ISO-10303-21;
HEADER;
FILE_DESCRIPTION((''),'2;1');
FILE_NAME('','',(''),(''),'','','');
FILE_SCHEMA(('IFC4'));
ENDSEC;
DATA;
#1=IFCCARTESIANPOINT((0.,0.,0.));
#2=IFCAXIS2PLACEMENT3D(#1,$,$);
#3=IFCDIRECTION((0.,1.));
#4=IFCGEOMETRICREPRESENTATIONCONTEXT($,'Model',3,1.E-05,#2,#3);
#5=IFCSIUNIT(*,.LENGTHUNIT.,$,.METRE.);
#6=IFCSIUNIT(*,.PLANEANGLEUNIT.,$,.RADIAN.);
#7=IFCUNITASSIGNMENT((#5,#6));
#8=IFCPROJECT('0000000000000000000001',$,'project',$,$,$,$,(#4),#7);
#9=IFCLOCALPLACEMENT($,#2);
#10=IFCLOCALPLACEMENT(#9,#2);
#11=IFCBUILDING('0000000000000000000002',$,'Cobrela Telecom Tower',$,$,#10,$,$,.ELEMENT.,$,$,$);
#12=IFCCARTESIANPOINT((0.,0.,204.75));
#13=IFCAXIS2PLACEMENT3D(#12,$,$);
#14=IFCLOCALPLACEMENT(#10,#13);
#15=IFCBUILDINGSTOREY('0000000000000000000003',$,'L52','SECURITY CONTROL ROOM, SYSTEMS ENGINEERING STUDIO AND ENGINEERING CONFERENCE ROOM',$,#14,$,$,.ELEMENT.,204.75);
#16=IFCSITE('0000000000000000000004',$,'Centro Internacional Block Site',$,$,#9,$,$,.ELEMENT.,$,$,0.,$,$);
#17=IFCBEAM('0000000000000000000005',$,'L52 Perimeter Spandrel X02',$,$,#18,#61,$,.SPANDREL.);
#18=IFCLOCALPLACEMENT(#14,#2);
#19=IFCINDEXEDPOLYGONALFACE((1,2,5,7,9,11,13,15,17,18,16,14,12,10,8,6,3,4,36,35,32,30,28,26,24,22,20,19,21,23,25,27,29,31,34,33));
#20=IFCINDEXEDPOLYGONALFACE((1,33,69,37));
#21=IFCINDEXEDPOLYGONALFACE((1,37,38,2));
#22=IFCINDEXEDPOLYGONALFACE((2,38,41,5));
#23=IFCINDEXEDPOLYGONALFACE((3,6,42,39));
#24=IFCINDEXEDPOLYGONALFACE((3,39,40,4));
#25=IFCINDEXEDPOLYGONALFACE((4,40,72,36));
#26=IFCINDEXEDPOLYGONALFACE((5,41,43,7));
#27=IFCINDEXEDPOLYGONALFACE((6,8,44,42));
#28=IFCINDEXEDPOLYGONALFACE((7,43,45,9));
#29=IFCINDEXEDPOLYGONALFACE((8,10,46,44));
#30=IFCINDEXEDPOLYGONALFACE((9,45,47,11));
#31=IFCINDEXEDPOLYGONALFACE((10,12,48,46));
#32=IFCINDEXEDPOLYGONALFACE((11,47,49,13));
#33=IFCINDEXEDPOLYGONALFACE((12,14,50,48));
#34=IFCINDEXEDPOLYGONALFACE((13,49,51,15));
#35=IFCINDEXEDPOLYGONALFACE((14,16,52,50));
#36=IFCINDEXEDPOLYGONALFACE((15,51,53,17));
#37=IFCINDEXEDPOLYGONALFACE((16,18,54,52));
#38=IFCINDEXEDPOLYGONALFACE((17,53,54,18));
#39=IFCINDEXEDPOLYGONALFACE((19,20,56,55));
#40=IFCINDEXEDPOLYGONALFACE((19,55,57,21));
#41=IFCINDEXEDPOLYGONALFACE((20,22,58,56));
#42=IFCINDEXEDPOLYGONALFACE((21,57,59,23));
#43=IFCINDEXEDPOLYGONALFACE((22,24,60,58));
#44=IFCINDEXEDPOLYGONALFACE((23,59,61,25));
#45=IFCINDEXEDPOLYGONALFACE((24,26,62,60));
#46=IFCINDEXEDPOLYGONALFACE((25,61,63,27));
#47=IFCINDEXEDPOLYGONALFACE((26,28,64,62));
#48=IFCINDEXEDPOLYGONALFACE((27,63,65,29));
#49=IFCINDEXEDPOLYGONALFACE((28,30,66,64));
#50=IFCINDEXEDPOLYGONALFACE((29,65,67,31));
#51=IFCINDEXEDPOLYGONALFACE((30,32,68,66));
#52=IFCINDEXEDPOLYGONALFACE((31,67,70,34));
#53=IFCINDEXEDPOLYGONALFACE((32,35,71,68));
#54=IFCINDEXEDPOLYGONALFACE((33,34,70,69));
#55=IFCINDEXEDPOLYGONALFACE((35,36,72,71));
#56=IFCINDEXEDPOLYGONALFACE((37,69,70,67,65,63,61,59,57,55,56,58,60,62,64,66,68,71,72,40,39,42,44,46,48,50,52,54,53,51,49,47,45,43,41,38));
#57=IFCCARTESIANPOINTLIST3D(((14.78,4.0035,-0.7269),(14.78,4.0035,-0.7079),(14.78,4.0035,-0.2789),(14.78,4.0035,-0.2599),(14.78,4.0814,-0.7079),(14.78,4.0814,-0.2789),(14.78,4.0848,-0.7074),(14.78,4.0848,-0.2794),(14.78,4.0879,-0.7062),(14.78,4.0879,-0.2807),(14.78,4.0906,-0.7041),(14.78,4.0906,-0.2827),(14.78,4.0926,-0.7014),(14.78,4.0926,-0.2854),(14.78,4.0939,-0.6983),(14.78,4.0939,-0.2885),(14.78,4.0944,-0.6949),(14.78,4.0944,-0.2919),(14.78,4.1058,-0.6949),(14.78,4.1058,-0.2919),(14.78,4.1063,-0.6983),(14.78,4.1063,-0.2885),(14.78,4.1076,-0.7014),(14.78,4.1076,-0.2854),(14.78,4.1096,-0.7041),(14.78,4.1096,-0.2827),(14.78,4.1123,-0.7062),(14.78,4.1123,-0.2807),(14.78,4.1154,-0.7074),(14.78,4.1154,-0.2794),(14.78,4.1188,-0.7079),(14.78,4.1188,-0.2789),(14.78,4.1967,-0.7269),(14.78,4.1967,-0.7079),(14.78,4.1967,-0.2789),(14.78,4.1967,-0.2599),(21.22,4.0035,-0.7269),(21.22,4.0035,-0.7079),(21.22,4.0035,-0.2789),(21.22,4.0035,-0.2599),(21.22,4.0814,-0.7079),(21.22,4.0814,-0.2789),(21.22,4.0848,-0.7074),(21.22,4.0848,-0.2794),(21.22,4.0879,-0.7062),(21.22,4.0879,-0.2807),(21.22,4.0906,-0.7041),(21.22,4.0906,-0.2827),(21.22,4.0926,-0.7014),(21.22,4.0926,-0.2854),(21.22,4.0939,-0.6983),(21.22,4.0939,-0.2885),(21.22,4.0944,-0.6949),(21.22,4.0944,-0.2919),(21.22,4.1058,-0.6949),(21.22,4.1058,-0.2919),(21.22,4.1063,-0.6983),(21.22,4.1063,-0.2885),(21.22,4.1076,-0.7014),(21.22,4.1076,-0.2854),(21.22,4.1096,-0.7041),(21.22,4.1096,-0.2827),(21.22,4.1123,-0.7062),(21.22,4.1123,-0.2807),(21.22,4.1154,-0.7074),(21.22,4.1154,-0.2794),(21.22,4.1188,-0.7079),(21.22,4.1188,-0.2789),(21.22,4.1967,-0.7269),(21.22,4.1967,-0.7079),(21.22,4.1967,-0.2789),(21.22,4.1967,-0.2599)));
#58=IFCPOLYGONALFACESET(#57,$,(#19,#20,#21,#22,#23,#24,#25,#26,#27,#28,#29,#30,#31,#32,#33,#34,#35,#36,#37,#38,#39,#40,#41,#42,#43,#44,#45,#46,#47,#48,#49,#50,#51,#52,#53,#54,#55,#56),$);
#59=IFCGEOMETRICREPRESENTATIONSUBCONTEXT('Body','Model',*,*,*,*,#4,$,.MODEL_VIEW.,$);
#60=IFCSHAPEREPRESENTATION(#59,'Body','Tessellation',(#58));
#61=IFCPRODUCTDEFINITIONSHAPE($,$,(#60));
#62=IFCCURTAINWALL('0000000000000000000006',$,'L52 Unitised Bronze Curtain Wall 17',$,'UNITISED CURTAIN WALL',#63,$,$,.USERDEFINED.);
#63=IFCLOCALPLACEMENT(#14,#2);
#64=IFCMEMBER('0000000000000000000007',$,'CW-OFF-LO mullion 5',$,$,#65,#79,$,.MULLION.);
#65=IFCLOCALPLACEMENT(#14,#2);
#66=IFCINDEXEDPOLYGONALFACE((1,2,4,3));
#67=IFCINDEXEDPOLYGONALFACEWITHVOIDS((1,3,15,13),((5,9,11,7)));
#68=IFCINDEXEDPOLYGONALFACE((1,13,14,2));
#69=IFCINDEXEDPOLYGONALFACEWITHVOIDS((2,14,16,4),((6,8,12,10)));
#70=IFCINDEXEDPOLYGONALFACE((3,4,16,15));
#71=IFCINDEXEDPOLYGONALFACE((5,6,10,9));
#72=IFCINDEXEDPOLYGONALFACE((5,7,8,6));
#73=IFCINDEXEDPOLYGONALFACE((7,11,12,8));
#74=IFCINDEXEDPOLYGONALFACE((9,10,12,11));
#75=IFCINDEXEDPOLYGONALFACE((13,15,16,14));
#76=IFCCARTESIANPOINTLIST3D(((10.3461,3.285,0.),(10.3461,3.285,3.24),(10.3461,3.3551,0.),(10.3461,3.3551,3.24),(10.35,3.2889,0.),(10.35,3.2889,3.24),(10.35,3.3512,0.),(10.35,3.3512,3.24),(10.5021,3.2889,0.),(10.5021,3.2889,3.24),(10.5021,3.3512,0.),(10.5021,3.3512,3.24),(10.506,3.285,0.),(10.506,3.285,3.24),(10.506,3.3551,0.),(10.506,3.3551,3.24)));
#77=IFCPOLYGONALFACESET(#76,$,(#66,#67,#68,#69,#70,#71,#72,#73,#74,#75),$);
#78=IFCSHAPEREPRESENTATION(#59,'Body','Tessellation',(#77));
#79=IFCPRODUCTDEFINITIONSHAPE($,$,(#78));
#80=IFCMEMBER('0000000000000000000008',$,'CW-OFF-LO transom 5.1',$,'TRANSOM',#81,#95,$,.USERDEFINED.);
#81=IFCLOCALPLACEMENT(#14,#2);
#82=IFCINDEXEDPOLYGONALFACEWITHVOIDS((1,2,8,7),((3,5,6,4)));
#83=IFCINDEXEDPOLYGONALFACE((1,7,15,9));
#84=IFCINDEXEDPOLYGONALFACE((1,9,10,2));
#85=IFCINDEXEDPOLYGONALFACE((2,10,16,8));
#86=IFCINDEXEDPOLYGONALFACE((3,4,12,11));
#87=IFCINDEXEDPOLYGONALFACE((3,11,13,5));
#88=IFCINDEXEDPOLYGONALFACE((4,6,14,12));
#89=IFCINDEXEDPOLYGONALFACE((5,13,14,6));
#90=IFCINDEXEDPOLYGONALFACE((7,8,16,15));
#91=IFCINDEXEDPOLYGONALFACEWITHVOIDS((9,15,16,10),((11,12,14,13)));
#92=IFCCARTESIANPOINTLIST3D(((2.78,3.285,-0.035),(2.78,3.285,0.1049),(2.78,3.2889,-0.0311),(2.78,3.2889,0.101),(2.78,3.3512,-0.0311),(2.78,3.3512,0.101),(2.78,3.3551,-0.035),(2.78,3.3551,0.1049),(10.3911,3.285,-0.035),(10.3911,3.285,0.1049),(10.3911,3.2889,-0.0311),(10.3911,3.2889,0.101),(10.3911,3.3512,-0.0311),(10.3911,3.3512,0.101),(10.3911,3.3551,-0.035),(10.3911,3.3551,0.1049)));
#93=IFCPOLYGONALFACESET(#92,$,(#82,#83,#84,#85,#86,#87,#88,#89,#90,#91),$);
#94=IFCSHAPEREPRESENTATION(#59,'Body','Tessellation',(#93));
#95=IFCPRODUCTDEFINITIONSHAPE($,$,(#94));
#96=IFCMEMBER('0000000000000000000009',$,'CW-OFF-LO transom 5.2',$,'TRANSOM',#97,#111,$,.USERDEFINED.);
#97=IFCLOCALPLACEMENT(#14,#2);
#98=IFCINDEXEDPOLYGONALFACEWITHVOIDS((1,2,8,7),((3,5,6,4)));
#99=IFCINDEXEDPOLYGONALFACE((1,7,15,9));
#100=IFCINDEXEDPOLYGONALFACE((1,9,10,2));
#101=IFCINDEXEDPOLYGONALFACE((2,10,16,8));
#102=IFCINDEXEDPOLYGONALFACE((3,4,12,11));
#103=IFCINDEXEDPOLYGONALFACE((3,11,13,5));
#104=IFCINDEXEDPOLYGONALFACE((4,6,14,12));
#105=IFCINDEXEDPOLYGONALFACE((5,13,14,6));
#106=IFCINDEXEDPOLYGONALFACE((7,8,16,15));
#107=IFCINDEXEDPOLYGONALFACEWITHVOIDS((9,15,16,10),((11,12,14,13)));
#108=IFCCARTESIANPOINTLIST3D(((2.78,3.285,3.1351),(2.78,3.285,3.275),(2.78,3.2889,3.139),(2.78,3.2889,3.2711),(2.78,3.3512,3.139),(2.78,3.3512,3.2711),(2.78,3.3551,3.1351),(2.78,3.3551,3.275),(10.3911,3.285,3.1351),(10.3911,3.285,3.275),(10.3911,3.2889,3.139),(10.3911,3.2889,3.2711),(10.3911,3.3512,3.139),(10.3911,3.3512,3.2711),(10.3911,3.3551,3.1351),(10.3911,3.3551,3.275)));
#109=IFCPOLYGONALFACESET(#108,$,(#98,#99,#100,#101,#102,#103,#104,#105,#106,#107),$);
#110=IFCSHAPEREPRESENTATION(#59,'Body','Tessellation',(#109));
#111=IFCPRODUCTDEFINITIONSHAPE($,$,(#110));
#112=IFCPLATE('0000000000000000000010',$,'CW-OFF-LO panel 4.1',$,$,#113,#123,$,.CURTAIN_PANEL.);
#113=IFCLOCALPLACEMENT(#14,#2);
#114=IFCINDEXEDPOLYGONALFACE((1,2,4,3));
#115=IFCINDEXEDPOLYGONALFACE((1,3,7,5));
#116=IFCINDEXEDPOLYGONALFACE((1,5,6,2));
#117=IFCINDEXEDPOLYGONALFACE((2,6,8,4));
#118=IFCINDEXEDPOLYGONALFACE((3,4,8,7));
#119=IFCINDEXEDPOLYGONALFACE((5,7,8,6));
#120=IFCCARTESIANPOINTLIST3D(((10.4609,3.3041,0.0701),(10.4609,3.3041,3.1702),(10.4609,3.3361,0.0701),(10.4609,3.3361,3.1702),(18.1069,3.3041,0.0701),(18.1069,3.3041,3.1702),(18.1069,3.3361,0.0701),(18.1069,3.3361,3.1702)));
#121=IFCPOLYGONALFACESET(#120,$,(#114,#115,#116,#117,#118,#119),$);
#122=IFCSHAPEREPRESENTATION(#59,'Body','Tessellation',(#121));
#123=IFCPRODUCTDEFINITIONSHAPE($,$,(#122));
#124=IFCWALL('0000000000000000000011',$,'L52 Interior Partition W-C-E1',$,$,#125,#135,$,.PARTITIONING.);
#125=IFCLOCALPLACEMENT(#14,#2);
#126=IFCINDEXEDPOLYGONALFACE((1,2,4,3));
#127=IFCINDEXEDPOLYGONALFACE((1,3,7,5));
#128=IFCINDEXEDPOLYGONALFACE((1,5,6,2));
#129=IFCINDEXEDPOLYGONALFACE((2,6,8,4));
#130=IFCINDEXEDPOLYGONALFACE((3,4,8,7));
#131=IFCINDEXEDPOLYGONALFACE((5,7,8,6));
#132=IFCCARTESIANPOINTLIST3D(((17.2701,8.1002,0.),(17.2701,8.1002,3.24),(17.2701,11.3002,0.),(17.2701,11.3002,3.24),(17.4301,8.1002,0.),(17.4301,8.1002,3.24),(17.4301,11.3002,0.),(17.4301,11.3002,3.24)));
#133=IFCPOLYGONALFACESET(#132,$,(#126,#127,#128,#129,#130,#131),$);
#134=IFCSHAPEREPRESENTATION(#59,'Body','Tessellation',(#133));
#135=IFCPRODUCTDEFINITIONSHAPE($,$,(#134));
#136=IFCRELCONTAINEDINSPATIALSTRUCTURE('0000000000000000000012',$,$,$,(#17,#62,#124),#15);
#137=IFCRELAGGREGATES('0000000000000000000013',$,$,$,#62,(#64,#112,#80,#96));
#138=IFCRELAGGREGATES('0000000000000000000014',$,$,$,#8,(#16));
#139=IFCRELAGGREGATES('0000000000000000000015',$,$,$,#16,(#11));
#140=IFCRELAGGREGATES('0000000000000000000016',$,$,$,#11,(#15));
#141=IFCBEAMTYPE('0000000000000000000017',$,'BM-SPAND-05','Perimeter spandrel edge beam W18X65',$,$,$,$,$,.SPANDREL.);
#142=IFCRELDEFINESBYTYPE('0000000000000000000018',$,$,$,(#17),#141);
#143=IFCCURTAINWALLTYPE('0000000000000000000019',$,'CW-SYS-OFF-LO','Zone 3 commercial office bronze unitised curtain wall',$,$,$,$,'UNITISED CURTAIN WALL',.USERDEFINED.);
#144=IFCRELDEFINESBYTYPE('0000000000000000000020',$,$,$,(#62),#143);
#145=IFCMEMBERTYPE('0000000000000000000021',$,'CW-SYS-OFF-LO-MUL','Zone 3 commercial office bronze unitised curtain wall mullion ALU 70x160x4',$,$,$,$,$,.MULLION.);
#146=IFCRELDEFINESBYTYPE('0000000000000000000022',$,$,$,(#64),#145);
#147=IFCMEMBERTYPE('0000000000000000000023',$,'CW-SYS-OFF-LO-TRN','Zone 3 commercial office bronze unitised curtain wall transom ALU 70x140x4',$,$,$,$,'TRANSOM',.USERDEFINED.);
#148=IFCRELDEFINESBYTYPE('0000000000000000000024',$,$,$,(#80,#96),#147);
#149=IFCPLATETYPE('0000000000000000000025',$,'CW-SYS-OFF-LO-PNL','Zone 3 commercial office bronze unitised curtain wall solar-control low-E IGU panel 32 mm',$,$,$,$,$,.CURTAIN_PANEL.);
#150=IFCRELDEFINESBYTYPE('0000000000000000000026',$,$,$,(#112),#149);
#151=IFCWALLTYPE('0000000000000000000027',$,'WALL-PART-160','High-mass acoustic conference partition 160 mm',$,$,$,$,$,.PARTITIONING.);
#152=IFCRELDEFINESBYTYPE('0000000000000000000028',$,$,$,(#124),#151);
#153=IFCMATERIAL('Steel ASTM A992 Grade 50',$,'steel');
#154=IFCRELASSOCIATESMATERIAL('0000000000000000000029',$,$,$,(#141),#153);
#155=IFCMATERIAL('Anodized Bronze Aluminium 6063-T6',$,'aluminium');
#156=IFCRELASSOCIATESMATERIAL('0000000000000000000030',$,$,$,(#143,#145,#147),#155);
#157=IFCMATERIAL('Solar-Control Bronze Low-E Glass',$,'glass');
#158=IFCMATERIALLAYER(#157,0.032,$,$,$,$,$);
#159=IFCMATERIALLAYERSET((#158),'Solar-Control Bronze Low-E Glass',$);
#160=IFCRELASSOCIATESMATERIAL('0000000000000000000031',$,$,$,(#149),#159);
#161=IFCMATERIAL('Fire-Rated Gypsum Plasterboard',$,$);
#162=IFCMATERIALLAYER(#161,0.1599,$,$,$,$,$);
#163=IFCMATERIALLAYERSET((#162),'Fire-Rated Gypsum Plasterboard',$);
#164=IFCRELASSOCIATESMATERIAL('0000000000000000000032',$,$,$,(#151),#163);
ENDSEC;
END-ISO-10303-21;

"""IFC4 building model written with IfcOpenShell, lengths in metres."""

from ifc_helpers import new_model, si_unit, direction, frame, frame_2d, origin, origin_2d, place, context, subcontext, project, spatial, rectangle, hollow_rectangle, i_section, extrude, material, layer, layer_set, material_profile, profile_set, type_object, element, aggregate, save


model = new_model("IFC4")

# Units and contexts
model_context = context("Model", 3, precision=1e-05, world=origin(), true_north=direction((0.0, 1.0)))
body_context = subcontext(model_context, "Body", "Model", "MODEL_VIEW")
ifc_project = project(units=[si_unit("LENGTHUNIT", "METRE"), si_unit("PLANEANGLEUNIT", "RADIAN")], contexts=[model_context])

# Site, building, storey
site_placement = place(None, origin())
site = spatial("IfcSite", under=ifc_project, at=site_placement, Name="Centro Internacional Block Site", CompositionType="ELEMENT", RefElevation=0.0)
building_placement = place(site_placement, origin())
building = spatial("IfcBuilding", under=site, at=building_placement, Name="Cobrela Telecom Tower", CompositionType="ELEMENT")
storey_placement = place(building_placement, frame((0.0, 0.0, 204.75)))
storey = spatial("IfcBuildingStorey", under=building, at=storey_placement, Name="L52", Description="SECURITY CONTROL ROOM, SYSTEMS ENGINEERING STUDIO AND ENGINEERING CONFERENCE ROOM", CompositionType="ELEMENT", Elevation=204.75)

# Beam
ifc_material_1 = material(Name="Steel ASTM A992 Grade 50", Category="steel")
ifc_material_profile_1 = material_profile(ifc_material_1, i_section(OverallWidth=0.1931, OverallDepth=0.467, WebThickness=0.0115, FlangeThickness=0.019, FilletRadius=0.0129, at=origin_2d()), Name="W18X65")
ifc_profile_set_1 = profile_set([ifc_material_profile_1], Name="Steel ASTM A992 Grade 50")
beam_type_1 = type_object("IfcBeamType", Name="BM-SPAND-05", Description="Perimeter spandrel edge beam W18X65", PredefinedType="SPANDREL", material=ifc_profile_set_1)
for number, where, z_axis, x_axis, name in (
    (1, (14.78, 4.1001, -0.4934), (1.0, 0.0, 0.0), (0.0, 1.0, 0.0), "L52 Perimeter Spandrel X02"),
):
    element("IfcBeam", number, at=place(storey_placement, frame(where, z_axis=z_axis, x_axis=x_axis)), inside=storey, type_object=beam_type_1, Name=name, PredefinedType="SPANDREL", context=body_context, shape_type="SweptSolid", body=[
        extrude(i_section(OverallWidth=0.1931, OverallDepth=0.467, WebThickness=0.0115, FlangeThickness=0.019, FilletRadius=0.0129, at=origin_2d()), origin(), (0.0, 0.0, 1.0), 6.4399),
    ])

# Curtain wall, members, plate
ifc_material_2 = material(Name="Anodized Bronze Aluminium 6063-T6", Category="aluminium")
curtain_wall_type = type_object("IfcCurtainWallType", Name="CW-SYS-OFF-LO", Description="Zone 3 commercial office bronze unitised curtain wall", ElementType="UNITISED CURTAIN WALL", PredefinedType="USERDEFINED", material=ifc_material_2)
curtain_wall_placement = place(storey_placement, origin())
curtain_wall = element("IfcCurtainWall", 2, at=curtain_wall_placement, inside=storey, type_object=curtain_wall_type, Name="L52 Unitised Bronze Curtain Wall 17", ObjectType="UNITISED CURTAIN WALL", PredefinedType="USERDEFINED")
ifc_material_profile_2 = material_profile(ifc_material_2, hollow_rectangle(XDim=0.0701, YDim=0.1599, WallThickness=0.0039, at=origin_2d()), Name="ALU 70x160x4")
ifc_profile_set_2 = profile_set([ifc_material_profile_2], Name="Anodized Bronze Aluminium 6063-T6")
member_type_1 = type_object("IfcMemberType", Name="CW-SYS-OFF-LO-MUL", Description="Zone 3 commercial office bronze unitised curtain wall mullion ALU 70x160x4", PredefinedType="MULLION", material=ifc_profile_set_2)
member_1_placement = place(storey_placement, frame((10.426, 3.3201, 0.0), z_axis=(0.0, 0.0, 1.0), x_axis=(0.0, -1.0, 0.0)))
member_1 = element("IfcMember", 3, at=member_1_placement, type_object=member_type_1, Name="CW-OFF-LO mullion 5", PredefinedType="MULLION", context=body_context, shape_type="SweptSolid", body=[
    extrude(hollow_rectangle(XDim=0.0701, YDim=0.1599, WallThickness=0.0039, at=origin_2d()), origin(), (0.0, 0.0, 1.0), 3.24),
])
ifc_material_profile_3 = material_profile(ifc_material_2, hollow_rectangle(XDim=0.0701, YDim=0.1399, WallThickness=0.0039, at=origin_2d()), Name="ALU 70x140x4")
ifc_profile_set_3 = profile_set([ifc_material_profile_3], Name="Anodized Bronze Aluminium 6063-T6")
member_type_2 = type_object("IfcMemberType", Name="CW-SYS-OFF-LO-TRN", Description="Zone 3 commercial office bronze unitised curtain wall transom ALU 70x140x4", ElementType="TRANSOM", PredefinedType="USERDEFINED", material=ifc_profile_set_3)
member_2_placement = place(storey_placement, frame((10.3911, 3.3201, 0.0349), z_axis=(-1.0, 0.0, 0.0), x_axis=(0.0, -1.0, 0.0)))
member_2 = element("IfcMember", 4, at=member_2_placement, type_object=member_type_2, Name="CW-OFF-LO transom 5.1", ObjectType="TRANSOM", PredefinedType="USERDEFINED", context=body_context, shape_type="SweptSolid", body=[
    extrude(hollow_rectangle(XDim=0.0701, YDim=0.1399, WallThickness=0.0039, at=origin_2d()), origin(), (0.0, 0.0, 1.0), 7.6111),
])
member_3_placement = place(storey_placement, frame((10.3911, 3.3201, 3.2051), z_axis=(-1.0, 0.0, 0.0), x_axis=(0.0, -1.0, 0.0)))
member_3 = element("IfcMember", 5, at=member_3_placement, type_object=member_type_2, Name="CW-OFF-LO transom 5.2", ObjectType="TRANSOM", PredefinedType="USERDEFINED", context=body_context, shape_type="SweptSolid", body=[
    extrude(hollow_rectangle(XDim=0.0701, YDim=0.1399, WallThickness=0.0039, at=origin_2d()), origin(), (0.0, 0.0, 1.0), 7.6111),
])
ifc_material_3 = material(Name="Solar-Control Bronze Low-E Glass", Category="glass")
ifc_layer_1 = layer(ifc_material_3, 0.032)
ifc_layer_set_1 = layer_set([ifc_layer_1], Name="Solar-Control Bronze Low-E Glass")
plate_type = type_object("IfcPlateType", Name="CW-SYS-OFF-LO-PNL", Description="Zone 3 commercial office bronze unitised curtain wall solar-control low-E IGU panel 32 mm", PredefinedType="CURTAIN_PANEL", material=ifc_layer_set_1)
plate_placement = place(storey_placement, frame((14.2839, 3.3201, 0.0701), z_axis=(0.0, 0.0, 1.0), x_axis=(-1.0, 0.0, 0.0)))
plate = element("IfcPlate", 6, at=plate_placement, type_object=plate_type, Name="CW-OFF-LO panel 4.1", PredefinedType="CURTAIN_PANEL", context=body_context, shape_type="SweptSolid", body=[
    extrude(rectangle(XDim=7.646, YDim=0.032, at=origin_2d()), origin(), (0.0, 0.0, 1.0), 3.1001),
])
aggregate(curtain_wall, [member_1, plate, member_2, member_3])

# Shared definitions
ifc_material_4 = material(Name="Fire-Rated Gypsum Plasterboard")

# Wall
ifc_layer_2 = layer(ifc_material_4, 0.1599)
ifc_layer_set_2 = layer_set([ifc_layer_2], Name="Fire-Rated Gypsum Plasterboard")
wall_type_1 = type_object("IfcWallType", Name="WALL-PART-160", Description="High-mass acoustic conference partition 160 mm", PredefinedType="PARTITIONING", material=ifc_layer_set_2)
wall_1_placement = place(storey_placement, frame((17.3501, 8.1001, 0.0), z_axis=(0.0, 0.0, 1.0), x_axis=(0.0, 1.0, 0.0)))
element("IfcWall", 7, at=wall_1_placement, inside=storey, type_object=wall_type_1, Name="L52 Interior Partition W-C-E1", PredefinedType="PARTITIONING", context=body_context, shape_type="SweptSolid", body=[
    extrude(rectangle(XDim=3.2, YDim=0.1599, at=frame_2d((1.6001, 0.0))), origin(), (0.0, 0.0, 1.0), 3.24),
])

save(model, "model.ifc")
